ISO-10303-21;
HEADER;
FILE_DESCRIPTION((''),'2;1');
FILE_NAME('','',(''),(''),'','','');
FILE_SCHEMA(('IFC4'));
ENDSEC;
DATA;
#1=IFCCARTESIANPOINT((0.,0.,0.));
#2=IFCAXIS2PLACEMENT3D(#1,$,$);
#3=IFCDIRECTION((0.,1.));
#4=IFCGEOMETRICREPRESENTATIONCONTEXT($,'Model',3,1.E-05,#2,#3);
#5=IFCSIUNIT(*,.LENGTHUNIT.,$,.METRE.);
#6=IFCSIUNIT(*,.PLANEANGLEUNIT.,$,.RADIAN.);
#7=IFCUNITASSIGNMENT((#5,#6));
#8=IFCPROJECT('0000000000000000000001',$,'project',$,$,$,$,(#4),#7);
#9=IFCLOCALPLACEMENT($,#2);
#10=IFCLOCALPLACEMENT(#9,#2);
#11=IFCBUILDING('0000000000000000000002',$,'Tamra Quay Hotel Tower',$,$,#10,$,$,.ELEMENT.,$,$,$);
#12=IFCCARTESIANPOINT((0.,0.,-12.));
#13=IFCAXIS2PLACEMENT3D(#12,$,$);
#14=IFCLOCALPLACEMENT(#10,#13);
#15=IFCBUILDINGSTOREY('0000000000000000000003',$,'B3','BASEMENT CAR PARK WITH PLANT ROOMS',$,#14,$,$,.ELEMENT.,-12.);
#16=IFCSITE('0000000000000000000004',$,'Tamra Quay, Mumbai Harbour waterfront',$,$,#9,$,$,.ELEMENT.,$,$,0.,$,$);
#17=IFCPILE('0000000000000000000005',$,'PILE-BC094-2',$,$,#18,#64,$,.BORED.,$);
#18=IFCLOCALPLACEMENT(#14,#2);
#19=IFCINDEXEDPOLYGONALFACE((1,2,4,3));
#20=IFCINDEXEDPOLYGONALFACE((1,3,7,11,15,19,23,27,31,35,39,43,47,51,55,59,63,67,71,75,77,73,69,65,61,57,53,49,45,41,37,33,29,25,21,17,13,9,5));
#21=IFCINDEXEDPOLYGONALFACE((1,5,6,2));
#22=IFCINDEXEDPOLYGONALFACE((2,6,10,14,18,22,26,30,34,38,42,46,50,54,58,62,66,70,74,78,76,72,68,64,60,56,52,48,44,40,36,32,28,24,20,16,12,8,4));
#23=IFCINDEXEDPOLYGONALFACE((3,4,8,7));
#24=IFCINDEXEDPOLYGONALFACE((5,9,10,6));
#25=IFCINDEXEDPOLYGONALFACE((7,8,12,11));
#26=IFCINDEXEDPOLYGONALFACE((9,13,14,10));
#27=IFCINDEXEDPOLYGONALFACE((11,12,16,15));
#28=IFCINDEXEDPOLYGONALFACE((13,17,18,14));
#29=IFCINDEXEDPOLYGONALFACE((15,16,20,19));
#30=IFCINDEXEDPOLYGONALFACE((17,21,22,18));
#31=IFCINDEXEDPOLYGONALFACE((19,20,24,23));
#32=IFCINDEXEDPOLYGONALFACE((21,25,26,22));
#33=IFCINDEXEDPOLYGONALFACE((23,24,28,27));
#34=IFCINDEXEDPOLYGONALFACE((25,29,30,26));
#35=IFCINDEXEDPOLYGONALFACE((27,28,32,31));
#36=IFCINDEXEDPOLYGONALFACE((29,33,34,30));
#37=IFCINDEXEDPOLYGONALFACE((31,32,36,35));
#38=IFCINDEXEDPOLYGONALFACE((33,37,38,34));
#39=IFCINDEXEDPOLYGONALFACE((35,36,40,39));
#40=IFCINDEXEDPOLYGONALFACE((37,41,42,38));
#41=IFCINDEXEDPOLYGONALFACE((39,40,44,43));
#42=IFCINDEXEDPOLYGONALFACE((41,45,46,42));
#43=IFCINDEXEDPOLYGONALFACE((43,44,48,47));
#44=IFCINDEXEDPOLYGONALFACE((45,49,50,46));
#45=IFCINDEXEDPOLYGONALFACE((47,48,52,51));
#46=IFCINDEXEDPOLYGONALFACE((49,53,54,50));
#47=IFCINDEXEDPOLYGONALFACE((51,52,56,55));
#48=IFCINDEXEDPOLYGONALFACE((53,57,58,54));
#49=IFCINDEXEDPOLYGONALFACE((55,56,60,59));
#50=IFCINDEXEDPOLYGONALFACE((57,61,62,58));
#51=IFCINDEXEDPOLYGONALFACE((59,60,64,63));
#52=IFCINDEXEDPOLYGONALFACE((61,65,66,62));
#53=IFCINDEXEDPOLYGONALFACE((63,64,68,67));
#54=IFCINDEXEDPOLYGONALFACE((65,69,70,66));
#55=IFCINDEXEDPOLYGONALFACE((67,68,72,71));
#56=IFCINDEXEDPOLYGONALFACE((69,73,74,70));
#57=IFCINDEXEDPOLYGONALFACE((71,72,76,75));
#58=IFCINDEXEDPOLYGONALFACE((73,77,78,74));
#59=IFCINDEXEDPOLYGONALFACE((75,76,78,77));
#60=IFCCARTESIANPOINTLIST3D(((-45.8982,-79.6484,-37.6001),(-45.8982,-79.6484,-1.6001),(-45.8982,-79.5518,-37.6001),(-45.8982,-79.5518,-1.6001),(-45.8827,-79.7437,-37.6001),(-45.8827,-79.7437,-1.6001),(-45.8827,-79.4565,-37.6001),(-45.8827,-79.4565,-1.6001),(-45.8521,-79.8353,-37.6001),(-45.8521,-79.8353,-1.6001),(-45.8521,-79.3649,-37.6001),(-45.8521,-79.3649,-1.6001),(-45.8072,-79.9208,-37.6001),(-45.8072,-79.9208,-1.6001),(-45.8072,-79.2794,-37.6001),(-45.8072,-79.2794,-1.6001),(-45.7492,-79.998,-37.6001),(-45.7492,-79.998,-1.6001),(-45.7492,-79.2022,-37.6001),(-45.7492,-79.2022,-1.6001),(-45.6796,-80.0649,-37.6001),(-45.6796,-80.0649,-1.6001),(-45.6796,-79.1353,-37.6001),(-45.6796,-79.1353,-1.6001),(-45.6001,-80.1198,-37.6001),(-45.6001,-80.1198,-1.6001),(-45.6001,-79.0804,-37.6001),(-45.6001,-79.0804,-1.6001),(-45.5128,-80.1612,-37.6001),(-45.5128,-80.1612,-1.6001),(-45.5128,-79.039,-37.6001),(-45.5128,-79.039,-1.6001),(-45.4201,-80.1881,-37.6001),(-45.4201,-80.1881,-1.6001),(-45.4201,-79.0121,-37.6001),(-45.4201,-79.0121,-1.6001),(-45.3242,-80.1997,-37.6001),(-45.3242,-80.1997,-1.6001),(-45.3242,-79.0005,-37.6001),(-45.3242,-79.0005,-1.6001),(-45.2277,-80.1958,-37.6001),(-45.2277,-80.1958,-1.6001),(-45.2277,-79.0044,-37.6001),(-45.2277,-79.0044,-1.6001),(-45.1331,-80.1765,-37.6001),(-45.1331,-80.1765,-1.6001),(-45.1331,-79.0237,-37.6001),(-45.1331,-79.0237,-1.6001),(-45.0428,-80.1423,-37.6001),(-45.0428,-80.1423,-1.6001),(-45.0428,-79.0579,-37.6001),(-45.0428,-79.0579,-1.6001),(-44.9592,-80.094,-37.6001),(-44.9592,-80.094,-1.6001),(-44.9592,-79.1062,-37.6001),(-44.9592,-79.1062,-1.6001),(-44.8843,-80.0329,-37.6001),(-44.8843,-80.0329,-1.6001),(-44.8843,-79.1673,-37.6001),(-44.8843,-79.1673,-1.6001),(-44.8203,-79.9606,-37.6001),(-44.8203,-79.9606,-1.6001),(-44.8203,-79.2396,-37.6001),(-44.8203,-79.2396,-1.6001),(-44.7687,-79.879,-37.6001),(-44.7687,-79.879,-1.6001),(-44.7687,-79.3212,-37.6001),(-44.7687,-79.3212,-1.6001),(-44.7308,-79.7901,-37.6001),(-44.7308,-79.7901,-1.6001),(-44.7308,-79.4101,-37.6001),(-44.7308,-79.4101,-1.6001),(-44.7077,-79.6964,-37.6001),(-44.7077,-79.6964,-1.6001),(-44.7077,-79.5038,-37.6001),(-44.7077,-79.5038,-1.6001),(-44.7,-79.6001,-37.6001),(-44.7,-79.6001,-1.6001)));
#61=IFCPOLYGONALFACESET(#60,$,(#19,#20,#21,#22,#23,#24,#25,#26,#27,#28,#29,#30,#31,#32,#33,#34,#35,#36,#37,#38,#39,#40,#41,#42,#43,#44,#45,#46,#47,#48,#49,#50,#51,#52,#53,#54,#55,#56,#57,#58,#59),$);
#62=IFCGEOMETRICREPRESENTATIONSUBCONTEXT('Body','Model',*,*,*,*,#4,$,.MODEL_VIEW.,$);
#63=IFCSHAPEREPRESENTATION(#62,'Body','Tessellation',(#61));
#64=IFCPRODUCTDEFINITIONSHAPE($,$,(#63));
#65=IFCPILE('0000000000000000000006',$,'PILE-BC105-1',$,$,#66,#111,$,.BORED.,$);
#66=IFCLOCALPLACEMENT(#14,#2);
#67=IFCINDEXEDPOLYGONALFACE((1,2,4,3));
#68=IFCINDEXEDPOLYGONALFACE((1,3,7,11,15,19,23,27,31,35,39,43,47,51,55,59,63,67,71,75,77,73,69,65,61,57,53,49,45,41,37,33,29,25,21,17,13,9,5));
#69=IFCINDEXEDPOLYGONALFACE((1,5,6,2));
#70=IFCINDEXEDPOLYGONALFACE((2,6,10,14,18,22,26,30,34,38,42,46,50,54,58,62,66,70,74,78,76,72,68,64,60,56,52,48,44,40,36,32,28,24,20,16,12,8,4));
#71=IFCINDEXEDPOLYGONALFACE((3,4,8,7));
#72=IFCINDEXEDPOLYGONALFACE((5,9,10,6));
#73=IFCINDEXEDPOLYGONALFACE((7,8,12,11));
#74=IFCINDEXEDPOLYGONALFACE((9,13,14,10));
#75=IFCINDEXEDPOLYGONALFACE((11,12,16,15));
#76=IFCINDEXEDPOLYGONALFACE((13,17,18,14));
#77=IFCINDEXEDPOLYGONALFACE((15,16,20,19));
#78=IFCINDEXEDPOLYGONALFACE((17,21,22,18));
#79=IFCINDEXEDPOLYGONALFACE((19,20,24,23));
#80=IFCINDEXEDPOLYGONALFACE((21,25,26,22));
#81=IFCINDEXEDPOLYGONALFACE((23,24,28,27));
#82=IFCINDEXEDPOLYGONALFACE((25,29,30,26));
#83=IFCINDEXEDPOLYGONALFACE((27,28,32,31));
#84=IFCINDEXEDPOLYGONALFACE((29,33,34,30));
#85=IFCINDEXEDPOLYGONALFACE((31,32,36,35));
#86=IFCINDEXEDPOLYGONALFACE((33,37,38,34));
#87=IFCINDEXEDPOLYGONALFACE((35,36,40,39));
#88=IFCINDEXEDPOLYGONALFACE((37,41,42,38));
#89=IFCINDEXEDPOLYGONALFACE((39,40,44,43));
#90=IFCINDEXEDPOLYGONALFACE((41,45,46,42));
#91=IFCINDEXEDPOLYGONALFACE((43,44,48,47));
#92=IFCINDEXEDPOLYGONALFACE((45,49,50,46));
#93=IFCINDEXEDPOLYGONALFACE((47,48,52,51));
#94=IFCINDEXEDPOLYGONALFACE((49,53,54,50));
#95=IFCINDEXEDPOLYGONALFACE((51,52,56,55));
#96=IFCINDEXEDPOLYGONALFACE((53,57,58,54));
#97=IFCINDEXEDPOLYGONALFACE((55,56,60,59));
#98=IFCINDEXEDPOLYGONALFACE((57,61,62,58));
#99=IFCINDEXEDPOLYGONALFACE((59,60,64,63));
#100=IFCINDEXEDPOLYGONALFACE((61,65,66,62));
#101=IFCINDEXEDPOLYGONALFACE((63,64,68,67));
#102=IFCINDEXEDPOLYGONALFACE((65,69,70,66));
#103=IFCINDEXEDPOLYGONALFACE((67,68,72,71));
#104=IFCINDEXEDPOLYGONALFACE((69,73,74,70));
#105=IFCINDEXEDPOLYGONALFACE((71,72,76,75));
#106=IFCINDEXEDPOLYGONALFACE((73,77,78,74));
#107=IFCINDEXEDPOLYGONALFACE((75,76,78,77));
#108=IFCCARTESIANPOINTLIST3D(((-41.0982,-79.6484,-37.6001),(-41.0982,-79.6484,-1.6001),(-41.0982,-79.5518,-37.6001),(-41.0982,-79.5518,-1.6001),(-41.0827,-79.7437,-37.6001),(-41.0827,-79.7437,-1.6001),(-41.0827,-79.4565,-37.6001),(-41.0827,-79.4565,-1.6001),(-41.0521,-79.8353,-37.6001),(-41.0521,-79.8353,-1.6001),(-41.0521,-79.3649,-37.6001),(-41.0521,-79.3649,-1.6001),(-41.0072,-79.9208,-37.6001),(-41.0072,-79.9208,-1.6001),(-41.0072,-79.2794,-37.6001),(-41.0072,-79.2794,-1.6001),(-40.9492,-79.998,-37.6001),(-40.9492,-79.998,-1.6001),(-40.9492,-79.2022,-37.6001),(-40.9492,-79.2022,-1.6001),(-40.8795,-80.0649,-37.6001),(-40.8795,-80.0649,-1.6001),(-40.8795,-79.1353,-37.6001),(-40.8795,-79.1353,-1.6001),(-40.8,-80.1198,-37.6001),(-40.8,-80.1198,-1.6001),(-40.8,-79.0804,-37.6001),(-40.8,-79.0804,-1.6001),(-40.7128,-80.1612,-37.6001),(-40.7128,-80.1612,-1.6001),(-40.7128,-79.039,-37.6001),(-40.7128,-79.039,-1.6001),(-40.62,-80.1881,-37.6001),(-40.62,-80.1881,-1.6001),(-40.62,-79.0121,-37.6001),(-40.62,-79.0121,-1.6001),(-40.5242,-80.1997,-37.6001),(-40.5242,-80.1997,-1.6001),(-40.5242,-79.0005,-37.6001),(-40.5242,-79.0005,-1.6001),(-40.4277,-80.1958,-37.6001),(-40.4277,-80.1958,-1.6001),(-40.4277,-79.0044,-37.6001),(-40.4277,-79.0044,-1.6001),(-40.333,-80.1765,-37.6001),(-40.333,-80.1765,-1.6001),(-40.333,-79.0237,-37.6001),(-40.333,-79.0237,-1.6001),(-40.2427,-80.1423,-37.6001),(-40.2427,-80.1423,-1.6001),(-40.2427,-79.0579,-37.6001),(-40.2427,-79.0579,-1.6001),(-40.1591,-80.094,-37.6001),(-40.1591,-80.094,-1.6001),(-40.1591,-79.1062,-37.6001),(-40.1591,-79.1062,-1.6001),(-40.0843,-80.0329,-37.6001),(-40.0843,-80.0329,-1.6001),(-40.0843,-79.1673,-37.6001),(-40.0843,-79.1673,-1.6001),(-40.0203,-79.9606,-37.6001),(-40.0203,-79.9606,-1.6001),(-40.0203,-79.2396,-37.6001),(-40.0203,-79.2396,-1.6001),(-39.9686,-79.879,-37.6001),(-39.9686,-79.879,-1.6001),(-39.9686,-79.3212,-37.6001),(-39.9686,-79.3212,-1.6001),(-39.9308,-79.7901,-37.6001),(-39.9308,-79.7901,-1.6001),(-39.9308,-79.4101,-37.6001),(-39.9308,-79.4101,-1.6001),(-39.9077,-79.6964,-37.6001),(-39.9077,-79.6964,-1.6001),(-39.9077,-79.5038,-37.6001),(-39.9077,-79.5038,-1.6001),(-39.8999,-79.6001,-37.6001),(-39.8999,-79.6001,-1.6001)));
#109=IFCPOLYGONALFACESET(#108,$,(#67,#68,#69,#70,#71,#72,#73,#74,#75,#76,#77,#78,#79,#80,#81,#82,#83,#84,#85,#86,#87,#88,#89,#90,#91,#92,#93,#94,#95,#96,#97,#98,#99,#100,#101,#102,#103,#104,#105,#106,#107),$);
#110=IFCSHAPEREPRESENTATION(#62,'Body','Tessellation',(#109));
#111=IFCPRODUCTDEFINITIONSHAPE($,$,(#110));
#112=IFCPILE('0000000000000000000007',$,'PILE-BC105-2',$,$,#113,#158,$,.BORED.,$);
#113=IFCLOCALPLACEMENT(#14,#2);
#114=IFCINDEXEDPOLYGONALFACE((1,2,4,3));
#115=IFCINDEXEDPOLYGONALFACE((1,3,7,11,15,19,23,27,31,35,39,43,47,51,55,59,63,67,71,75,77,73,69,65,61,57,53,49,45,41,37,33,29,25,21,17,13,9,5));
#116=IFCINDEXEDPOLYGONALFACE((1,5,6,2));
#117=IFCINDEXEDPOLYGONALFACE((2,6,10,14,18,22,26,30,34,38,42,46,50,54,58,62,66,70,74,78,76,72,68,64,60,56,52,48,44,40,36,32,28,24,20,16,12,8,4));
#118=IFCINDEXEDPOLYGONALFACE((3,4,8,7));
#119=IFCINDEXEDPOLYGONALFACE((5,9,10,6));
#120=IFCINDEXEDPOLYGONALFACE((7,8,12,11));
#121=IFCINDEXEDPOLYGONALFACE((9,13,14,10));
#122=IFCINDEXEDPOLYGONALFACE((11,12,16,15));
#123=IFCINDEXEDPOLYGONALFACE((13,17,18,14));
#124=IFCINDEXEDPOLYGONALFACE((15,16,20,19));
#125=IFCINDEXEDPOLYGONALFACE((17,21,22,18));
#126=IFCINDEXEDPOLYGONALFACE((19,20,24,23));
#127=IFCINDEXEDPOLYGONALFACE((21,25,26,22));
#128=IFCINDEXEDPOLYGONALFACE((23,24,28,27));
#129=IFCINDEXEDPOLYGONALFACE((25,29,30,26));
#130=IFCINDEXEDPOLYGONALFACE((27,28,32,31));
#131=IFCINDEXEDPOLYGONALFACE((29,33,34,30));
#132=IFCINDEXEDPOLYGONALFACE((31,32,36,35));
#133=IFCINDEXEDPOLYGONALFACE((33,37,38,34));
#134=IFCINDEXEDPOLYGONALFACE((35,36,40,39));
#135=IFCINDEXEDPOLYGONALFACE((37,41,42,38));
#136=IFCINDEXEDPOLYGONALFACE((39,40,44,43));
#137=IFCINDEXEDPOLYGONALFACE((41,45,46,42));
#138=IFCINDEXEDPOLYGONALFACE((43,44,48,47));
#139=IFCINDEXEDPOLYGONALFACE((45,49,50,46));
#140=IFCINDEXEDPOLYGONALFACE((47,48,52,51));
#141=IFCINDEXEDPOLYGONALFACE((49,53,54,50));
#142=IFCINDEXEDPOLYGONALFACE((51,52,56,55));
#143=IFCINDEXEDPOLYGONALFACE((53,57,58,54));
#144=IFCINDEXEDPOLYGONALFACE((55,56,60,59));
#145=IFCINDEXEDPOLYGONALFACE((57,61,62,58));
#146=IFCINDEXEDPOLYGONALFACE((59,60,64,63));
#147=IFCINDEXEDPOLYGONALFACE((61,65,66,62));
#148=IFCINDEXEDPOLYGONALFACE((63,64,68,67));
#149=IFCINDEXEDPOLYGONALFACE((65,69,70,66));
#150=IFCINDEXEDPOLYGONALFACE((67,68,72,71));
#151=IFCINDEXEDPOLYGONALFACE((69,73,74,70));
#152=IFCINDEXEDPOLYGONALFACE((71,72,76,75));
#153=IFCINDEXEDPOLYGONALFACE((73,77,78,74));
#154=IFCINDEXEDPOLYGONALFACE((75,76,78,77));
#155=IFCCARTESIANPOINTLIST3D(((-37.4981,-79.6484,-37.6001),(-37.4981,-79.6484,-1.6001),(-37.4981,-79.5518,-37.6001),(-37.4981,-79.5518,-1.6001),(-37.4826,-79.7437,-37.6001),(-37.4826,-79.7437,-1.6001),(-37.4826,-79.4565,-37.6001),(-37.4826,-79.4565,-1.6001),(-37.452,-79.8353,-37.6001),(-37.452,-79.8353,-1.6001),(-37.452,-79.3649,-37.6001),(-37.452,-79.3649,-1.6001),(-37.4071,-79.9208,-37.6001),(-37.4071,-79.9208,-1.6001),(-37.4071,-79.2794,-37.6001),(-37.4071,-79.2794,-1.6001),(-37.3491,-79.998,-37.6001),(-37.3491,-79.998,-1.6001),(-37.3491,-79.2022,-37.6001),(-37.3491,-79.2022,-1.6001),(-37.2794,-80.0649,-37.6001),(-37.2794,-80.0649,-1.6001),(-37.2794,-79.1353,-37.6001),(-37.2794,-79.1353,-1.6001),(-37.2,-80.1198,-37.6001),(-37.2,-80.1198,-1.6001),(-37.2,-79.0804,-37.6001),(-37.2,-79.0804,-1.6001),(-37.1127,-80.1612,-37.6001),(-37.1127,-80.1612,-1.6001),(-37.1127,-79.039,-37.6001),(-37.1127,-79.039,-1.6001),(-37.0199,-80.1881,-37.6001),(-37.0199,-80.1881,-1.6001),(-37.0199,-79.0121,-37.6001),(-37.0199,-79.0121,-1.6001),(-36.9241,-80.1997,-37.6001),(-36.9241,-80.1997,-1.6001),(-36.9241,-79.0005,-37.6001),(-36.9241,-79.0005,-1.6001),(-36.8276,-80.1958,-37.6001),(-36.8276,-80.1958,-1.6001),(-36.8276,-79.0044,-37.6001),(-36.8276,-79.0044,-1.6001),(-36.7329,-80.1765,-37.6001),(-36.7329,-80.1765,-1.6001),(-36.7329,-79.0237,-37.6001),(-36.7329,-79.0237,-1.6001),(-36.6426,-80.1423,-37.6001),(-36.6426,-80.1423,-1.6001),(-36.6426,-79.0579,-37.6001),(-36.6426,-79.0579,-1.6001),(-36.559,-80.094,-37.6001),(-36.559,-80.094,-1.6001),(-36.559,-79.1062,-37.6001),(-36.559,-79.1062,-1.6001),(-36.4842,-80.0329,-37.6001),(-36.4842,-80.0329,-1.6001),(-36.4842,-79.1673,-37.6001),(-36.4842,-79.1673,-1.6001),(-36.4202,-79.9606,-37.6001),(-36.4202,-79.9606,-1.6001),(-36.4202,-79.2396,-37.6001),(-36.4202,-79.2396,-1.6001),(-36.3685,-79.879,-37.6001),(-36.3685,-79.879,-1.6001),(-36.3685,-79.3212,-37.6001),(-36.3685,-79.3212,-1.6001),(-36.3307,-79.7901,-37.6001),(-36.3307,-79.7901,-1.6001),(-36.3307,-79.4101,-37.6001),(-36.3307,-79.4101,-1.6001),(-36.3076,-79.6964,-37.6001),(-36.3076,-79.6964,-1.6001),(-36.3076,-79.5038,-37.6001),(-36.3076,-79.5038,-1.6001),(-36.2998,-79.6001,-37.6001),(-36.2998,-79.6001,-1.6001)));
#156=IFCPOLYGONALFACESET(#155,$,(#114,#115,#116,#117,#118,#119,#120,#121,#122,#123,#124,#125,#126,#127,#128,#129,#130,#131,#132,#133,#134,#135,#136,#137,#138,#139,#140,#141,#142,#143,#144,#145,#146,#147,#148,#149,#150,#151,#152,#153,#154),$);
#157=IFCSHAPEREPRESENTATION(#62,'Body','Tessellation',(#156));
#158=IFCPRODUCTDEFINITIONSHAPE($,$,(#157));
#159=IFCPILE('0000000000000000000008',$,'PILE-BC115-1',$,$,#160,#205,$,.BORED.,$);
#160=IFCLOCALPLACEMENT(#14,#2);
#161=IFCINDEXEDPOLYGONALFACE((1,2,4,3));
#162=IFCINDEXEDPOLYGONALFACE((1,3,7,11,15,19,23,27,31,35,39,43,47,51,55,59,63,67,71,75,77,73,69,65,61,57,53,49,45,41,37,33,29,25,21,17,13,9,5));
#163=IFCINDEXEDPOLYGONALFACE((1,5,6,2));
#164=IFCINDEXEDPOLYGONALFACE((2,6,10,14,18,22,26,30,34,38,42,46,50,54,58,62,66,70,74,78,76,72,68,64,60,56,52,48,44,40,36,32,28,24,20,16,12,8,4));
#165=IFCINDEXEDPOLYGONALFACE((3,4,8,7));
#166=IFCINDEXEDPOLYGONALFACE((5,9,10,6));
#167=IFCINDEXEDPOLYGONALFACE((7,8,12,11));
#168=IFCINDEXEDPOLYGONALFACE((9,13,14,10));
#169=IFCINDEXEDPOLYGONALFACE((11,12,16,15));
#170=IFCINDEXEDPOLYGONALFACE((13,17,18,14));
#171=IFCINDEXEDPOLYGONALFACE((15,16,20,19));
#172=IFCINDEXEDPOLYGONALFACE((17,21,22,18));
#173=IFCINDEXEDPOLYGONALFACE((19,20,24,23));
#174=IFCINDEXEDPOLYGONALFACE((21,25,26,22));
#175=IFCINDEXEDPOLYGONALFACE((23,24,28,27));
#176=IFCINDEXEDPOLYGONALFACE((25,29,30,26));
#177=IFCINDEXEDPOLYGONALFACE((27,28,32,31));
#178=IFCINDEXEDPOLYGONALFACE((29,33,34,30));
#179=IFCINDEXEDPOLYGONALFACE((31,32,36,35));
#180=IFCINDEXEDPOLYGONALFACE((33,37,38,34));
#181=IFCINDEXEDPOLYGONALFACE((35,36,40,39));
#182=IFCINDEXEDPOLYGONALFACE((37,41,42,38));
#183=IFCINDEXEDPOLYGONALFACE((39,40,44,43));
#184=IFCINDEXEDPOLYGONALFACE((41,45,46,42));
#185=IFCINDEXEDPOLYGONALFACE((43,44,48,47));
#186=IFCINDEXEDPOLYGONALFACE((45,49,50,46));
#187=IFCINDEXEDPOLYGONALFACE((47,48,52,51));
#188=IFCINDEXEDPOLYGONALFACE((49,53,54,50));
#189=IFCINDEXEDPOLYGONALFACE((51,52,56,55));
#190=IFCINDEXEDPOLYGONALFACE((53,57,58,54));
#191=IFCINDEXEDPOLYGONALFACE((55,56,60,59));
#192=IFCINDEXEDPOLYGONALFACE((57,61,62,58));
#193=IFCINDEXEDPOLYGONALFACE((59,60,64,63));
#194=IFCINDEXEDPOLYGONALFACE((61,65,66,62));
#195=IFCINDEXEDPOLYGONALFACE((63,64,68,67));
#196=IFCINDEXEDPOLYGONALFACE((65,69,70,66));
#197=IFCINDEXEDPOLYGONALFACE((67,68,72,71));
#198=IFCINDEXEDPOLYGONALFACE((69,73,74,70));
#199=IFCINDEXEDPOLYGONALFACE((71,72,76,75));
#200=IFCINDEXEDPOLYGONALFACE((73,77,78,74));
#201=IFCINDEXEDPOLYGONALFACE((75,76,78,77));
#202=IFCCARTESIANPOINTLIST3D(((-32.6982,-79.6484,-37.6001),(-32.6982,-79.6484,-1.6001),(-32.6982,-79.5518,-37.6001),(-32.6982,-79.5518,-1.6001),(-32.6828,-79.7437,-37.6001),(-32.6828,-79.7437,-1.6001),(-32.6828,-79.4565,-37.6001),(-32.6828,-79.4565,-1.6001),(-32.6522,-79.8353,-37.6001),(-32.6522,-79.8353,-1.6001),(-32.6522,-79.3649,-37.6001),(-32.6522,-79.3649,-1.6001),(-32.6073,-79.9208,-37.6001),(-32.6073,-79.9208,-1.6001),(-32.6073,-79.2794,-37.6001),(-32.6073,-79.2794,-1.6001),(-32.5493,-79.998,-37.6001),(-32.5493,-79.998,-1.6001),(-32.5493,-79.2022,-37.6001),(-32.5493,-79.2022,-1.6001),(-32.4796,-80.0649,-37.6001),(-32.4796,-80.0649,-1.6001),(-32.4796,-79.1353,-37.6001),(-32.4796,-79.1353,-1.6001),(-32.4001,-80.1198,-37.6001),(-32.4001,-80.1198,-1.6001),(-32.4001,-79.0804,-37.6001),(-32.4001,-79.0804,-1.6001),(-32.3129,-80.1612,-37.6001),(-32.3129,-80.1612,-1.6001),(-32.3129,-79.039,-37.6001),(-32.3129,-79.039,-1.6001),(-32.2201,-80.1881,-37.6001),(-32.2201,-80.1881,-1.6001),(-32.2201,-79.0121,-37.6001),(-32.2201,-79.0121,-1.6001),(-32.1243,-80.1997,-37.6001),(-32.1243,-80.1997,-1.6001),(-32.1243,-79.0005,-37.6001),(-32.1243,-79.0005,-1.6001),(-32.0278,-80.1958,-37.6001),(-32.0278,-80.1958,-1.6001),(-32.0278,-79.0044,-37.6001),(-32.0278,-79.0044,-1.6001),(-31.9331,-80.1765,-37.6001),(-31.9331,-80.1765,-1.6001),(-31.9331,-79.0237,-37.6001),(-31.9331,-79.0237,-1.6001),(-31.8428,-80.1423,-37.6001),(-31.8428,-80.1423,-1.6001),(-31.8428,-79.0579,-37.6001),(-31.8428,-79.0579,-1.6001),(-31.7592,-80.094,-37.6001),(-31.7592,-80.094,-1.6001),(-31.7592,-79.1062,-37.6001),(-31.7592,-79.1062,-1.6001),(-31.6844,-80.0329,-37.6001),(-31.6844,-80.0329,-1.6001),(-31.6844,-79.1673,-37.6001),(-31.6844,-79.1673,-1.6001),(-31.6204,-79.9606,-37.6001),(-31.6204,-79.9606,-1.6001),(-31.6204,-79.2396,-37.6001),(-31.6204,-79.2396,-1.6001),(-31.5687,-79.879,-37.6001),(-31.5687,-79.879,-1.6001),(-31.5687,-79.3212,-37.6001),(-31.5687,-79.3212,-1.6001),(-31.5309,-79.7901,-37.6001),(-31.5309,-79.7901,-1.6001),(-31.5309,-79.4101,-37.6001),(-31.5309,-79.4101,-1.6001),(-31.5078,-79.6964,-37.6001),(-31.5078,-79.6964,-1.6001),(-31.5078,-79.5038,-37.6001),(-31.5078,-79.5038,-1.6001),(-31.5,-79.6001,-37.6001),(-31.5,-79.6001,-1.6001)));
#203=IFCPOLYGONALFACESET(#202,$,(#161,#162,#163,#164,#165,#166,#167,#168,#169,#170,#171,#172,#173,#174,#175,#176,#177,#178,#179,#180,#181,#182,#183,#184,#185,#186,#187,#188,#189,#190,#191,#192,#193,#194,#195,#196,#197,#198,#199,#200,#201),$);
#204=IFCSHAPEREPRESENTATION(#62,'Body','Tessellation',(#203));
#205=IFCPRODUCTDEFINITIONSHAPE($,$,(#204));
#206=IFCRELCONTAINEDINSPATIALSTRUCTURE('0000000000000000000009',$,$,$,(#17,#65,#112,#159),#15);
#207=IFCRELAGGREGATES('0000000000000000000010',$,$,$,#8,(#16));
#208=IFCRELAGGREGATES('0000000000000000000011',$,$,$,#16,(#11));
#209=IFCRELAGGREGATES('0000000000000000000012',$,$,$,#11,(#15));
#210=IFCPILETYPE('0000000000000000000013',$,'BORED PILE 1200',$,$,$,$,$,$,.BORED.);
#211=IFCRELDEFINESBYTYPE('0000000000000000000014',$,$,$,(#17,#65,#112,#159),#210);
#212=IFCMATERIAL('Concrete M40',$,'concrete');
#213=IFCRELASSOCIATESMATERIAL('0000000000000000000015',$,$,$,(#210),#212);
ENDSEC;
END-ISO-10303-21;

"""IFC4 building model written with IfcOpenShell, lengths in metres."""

from ifc_helpers import new_model, si_unit, direction, frame, origin, origin_2d, place, context, subcontext, project, spatial, circle, extrude, material, material_profile, profile_set, type_object, element, save


model = new_model("IFC4")

# Units and contexts
model_context = context("Model", 3, precision=1e-05, world=origin(), true_north=direction((0.0, 1.0)))
body_context = subcontext(model_context, "Body", "Model", "MODEL_VIEW")
ifc_project = project(units=[si_unit("LENGTHUNIT", "METRE"), si_unit("PLANEANGLEUNIT", "RADIAN")], contexts=[model_context])

# Site, building, storey
site_placement = place(None, origin())
site = spatial("IfcSite", under=ifc_project, at=site_placement, Name="Tamra Quay, Mumbai Harbour waterfront", CompositionType="ELEMENT", RefElevation=0.0)
building_placement = place(site_placement, origin())
building = spatial("IfcBuilding", under=site, at=building_placement, Name="Tamra Quay Hotel Tower", CompositionType="ELEMENT")
storey_placement = place(building_placement, frame((0.0, 0.0, -12.0)))
storey = spatial("IfcBuildingStorey", under=building, at=storey_placement, Name="B3", Description="BASEMENT CAR PARK WITH PLANT ROOMS", CompositionType="ELEMENT", Elevation=-12.0)

# Piles
ifc_material_1 = material(Name="Concrete M40", Category="concrete")
ifc_material_profile_1 = material_profile(ifc_material_1, circle(Radius=0.6001, at=origin_2d()), Name="BORED PILE 1200")
ifc_profile_set_1 = profile_set([ifc_material_profile_1], Name="Concrete M40")
pile_type = type_object("IfcPileType", Name="BORED PILE 1200", PredefinedType="BORED", material=ifc_profile_set_1)
for number, where, z_axis, x_axis, name in (
    (1, (-45.3, -79.6001, -1.6001), (0.0, 0.0, -1.0), (1.0, 0.0, 0.0), "PILE-BC094-2"),
    (2, (-40.5, -79.6001, -1.6001), (0.0, 0.0, -1.0), (1.0, 0.0, 0.0), "PILE-BC105-1"),
    (3, (-36.8999, -79.6001, -1.6001), (0.0, 0.0, -1.0), (1.0, 0.0, 0.0), "PILE-BC105-2"),
    (4, (-32.1001, -79.6001, -1.6001), (0.0, 0.0, -1.0), (1.0, 0.0, 0.0), "PILE-BC115-1"),
):
    element("IfcPile", number, at=place(storey_placement, frame(where, z_axis=z_axis, x_axis=x_axis)), inside=storey, type_object=pile_type, Name=name, PredefinedType="BORED", context=body_context, shape_type="SweptSolid", body=[
        extrude(circle(Radius=0.6001, at=origin_2d()), origin(), (0.0, 0.0, 1.0), 36.0),
    ])

save(model, "model.ifc")
